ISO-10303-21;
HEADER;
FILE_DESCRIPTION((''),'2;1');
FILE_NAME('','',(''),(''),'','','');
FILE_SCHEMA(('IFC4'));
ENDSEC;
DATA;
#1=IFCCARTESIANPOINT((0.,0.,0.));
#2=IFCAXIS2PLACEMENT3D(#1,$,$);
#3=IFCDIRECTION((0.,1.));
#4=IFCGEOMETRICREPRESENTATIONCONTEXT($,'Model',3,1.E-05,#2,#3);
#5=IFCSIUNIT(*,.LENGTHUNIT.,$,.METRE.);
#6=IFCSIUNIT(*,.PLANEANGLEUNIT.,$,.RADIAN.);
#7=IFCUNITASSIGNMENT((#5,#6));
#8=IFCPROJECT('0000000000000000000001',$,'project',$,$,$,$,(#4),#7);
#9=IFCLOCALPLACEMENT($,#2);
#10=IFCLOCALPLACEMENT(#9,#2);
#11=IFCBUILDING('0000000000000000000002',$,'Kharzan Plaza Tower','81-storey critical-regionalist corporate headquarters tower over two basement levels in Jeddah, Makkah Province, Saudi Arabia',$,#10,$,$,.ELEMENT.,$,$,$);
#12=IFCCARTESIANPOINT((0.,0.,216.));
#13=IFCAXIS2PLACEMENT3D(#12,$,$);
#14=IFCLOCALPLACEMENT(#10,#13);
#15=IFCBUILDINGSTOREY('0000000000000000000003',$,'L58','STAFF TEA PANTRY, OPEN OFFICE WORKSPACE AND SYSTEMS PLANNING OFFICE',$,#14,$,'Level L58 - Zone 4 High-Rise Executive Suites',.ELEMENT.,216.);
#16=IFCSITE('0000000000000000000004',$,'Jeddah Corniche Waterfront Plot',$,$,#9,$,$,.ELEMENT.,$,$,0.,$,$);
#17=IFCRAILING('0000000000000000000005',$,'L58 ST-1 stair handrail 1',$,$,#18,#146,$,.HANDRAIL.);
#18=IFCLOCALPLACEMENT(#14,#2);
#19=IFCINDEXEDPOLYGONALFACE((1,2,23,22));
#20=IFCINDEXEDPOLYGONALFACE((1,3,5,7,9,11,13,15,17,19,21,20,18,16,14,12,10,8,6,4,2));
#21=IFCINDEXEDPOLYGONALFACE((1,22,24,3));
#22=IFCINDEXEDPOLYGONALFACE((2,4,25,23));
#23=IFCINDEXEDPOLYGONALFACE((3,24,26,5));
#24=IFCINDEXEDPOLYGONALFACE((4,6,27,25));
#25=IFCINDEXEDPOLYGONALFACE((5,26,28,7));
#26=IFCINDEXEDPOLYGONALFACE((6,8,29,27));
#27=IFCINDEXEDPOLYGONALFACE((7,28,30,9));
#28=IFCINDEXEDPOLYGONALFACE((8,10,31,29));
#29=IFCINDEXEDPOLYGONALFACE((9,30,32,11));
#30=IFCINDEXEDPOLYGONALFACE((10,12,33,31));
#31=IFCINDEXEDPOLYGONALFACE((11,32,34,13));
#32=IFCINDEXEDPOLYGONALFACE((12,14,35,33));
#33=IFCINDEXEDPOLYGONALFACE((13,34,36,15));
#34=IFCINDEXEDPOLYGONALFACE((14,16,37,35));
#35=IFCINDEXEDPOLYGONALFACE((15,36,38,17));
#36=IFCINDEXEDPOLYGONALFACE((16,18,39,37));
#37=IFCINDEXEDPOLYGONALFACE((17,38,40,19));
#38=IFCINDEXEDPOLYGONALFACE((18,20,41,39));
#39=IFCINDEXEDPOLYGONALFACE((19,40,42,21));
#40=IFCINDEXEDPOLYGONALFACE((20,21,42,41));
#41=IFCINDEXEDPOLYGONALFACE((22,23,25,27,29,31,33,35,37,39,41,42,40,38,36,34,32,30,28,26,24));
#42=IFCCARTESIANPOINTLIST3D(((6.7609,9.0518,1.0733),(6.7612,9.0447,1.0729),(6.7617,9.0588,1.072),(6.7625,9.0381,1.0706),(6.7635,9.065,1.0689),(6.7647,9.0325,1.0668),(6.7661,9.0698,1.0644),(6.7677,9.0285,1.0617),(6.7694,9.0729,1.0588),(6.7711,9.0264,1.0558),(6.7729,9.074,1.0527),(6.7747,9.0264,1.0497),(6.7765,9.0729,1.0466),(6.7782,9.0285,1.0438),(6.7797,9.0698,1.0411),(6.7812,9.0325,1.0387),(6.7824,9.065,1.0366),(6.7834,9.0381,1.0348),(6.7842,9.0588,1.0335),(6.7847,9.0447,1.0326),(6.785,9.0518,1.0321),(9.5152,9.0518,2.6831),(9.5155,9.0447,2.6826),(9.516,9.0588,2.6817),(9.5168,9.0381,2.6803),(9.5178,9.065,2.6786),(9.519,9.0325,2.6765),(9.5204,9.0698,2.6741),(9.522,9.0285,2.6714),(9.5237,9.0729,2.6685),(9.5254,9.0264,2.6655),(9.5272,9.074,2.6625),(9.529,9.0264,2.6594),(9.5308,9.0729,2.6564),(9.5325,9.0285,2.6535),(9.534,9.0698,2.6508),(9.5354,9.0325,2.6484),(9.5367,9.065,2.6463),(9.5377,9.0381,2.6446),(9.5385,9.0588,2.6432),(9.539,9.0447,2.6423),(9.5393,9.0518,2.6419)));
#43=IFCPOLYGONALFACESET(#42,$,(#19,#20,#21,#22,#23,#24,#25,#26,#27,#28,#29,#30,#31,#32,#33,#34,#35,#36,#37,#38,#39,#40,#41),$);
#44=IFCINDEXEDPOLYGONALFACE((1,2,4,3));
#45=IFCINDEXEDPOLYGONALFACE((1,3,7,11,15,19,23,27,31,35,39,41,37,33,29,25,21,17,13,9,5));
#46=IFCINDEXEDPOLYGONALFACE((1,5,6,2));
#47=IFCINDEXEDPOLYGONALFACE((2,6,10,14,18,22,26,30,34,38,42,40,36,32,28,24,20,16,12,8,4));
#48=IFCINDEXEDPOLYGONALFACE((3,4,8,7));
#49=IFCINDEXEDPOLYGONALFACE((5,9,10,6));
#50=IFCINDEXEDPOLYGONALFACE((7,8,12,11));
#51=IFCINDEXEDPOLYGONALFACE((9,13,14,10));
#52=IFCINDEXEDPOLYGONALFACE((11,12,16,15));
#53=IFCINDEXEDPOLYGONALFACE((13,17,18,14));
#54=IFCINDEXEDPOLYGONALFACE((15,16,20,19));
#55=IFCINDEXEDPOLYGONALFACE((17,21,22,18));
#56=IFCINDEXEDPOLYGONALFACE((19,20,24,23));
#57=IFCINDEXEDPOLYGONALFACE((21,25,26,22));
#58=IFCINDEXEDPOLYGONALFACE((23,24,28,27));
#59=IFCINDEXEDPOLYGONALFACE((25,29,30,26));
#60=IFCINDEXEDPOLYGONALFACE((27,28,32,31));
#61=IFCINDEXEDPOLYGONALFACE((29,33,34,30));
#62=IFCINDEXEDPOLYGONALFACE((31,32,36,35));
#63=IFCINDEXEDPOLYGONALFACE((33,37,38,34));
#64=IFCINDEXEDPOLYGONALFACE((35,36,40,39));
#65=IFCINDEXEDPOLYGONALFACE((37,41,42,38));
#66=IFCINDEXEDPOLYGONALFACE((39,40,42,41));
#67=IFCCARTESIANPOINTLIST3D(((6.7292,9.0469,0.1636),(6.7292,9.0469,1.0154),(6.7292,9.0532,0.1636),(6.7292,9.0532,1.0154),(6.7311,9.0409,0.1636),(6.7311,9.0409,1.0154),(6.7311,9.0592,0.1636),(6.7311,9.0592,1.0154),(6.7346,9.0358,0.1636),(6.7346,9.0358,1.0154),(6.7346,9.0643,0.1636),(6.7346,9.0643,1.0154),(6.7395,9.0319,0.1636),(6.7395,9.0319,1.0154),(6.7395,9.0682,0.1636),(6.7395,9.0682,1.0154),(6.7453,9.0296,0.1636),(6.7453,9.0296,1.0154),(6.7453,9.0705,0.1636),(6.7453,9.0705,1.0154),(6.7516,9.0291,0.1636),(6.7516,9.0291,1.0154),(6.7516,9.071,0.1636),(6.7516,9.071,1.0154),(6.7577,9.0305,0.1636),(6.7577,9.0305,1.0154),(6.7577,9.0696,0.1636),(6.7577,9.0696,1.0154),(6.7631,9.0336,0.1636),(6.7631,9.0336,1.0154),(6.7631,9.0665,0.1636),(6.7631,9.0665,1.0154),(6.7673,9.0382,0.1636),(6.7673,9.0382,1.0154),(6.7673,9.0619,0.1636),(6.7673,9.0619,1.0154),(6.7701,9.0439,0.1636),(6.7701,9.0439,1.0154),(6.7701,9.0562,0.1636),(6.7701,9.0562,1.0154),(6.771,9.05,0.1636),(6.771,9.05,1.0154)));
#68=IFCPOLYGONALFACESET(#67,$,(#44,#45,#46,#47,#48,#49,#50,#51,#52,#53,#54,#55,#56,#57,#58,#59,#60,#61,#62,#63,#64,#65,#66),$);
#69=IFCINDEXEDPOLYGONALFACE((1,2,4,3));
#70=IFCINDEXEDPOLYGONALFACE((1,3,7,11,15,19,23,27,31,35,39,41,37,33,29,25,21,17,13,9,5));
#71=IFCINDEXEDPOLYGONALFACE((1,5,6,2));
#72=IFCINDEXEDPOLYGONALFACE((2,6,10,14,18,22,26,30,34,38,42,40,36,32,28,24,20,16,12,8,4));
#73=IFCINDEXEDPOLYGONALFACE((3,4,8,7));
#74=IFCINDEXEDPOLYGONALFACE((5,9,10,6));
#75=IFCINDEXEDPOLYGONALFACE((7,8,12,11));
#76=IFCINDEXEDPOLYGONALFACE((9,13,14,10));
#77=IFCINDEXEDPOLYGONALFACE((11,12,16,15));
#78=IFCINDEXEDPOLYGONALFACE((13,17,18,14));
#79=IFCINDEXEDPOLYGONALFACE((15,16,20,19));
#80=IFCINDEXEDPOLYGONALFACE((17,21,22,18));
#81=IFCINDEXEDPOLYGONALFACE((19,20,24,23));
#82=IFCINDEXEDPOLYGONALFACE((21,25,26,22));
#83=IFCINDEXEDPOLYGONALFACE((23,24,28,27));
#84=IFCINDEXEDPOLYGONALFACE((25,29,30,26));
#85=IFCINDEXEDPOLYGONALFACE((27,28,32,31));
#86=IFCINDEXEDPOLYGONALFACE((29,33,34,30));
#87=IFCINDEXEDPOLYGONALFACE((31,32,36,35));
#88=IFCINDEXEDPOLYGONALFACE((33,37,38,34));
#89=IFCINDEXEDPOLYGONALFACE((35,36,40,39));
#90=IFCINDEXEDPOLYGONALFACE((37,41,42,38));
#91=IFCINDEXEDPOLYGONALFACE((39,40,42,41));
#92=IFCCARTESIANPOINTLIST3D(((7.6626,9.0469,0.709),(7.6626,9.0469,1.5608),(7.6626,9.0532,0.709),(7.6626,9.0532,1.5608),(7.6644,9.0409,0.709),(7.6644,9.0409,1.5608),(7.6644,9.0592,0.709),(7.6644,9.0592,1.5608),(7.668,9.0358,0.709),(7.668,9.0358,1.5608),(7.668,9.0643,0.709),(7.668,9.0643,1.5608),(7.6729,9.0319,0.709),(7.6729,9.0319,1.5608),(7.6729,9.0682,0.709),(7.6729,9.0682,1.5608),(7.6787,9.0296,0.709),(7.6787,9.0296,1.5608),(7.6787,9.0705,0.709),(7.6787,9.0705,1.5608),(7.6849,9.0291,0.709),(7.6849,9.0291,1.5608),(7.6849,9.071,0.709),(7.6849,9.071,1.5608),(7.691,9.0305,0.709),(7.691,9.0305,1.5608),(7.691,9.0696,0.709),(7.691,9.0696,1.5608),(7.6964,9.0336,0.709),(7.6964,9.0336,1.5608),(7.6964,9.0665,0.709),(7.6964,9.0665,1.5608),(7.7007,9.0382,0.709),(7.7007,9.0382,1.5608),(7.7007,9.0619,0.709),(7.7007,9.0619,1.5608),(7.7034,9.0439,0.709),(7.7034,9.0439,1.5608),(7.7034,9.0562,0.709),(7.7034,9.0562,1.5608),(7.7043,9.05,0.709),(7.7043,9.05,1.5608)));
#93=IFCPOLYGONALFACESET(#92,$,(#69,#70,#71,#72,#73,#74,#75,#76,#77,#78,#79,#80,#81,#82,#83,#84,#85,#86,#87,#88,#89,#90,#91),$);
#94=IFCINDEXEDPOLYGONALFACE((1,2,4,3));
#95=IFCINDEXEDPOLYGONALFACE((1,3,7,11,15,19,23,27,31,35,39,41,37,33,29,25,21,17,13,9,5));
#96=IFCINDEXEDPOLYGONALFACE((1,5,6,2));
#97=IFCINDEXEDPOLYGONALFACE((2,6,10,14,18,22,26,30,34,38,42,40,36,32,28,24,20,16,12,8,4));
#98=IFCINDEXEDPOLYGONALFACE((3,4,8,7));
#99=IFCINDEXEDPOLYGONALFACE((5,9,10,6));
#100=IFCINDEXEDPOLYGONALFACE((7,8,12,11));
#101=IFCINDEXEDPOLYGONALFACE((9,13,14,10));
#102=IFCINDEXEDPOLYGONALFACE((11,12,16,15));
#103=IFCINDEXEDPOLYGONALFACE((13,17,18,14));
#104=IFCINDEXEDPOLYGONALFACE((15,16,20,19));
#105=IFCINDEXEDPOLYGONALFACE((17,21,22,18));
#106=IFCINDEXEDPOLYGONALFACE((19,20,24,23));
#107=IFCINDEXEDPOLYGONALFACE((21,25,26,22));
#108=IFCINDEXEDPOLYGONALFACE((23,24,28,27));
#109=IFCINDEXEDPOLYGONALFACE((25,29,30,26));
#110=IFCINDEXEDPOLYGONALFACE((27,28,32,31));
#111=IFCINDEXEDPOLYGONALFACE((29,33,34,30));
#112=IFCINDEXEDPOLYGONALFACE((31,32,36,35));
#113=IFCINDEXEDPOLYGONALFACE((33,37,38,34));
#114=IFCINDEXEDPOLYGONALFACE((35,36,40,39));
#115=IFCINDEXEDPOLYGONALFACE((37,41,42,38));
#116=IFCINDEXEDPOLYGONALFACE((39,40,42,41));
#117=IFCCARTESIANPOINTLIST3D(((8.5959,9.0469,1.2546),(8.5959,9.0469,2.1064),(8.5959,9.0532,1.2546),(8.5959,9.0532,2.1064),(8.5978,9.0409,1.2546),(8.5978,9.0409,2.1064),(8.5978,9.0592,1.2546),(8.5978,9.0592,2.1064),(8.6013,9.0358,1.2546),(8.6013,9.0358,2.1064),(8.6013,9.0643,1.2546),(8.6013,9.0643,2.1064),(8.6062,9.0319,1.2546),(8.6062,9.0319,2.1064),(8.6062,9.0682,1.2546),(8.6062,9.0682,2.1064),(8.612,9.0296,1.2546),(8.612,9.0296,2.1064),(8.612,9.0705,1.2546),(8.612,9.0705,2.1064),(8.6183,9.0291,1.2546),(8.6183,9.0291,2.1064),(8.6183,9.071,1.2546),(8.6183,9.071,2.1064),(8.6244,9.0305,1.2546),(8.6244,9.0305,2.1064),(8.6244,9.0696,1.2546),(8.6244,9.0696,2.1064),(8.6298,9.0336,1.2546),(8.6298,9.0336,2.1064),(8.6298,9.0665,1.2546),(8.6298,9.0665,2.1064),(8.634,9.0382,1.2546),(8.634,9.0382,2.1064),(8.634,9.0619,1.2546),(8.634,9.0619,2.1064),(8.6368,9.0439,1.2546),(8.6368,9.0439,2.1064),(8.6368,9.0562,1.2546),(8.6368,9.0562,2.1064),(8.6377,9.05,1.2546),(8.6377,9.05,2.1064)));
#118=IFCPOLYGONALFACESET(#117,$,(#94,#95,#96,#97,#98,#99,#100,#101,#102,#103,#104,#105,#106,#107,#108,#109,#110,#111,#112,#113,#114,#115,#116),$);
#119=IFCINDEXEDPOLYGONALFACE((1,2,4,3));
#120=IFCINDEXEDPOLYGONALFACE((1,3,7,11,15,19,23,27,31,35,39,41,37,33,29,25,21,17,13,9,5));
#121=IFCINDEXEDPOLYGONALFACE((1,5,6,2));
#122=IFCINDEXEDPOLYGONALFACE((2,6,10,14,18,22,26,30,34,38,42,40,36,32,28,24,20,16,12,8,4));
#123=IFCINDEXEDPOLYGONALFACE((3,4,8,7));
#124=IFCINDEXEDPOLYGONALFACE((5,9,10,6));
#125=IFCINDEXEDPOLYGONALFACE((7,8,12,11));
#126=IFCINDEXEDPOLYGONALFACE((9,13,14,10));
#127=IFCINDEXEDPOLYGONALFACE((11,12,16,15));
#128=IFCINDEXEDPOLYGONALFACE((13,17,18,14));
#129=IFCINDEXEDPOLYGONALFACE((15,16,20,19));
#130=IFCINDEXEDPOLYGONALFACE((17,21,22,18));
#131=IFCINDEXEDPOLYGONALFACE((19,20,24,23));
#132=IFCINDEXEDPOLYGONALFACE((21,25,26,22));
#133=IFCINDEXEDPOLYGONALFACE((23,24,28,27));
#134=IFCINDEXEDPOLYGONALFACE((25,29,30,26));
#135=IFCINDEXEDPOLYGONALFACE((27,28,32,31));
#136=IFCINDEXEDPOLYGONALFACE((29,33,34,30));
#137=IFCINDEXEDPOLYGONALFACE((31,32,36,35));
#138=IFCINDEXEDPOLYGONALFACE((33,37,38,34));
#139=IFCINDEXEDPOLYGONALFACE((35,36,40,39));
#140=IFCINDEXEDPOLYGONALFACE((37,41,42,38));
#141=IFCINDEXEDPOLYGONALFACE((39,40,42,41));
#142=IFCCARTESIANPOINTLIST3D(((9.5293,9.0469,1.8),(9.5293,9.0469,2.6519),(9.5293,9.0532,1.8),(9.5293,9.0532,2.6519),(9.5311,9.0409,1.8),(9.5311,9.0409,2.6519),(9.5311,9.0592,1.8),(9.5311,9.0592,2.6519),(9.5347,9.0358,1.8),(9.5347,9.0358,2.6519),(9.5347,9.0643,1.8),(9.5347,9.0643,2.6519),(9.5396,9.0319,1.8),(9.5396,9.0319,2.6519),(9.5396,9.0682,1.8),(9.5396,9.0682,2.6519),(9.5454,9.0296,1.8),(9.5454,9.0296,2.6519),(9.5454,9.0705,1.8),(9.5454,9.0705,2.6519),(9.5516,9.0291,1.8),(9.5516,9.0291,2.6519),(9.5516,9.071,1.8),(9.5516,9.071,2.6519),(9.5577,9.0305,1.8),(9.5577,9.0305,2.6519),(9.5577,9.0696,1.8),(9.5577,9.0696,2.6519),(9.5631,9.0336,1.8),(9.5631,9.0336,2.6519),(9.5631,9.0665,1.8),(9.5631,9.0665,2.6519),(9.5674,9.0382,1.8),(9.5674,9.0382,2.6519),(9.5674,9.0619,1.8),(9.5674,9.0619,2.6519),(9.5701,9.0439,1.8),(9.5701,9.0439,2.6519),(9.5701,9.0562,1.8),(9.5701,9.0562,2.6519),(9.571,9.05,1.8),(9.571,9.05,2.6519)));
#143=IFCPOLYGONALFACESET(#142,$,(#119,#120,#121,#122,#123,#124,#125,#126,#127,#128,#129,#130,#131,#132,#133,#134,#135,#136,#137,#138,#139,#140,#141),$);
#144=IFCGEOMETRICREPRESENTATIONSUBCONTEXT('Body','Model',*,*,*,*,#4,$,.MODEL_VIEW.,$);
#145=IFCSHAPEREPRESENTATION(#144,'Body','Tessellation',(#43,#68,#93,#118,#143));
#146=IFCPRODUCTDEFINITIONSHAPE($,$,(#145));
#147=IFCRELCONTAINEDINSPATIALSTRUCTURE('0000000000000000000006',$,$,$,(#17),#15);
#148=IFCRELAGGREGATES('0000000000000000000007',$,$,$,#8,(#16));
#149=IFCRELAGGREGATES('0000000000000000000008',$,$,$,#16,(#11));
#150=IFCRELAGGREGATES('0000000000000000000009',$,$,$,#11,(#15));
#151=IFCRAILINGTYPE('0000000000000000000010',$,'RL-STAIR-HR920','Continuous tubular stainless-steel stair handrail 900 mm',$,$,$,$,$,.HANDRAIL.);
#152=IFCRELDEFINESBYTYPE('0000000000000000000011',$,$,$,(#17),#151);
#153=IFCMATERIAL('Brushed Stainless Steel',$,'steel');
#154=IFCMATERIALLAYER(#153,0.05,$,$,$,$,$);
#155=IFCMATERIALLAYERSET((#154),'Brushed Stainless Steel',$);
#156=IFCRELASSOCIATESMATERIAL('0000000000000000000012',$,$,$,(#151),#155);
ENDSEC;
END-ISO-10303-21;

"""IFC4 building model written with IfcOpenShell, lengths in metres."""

from ifc_helpers import new_model, si_unit, direction, frame, origin, origin_2d, place, context, subcontext, project, spatial, circle, extrude, source, transform, mapped, material, layer, layer_set, type_object, element, save


model = new_model("IFC4")

# Units and contexts
model_context = context("Model", 3, precision=1e-05, world=origin(), true_north=direction((0.0, 1.0)))
body_context = subcontext(model_context, "Body", "Model", "MODEL_VIEW")
ifc_project = project(units=[si_unit("LENGTHUNIT", "METRE"), si_unit("PLANEANGLEUNIT", "RADIAN")], contexts=[model_context])

# Site, building, storey
site_placement = place(None, origin())
site = spatial("IfcSite", under=ifc_project, at=site_placement, Name="Jeddah Corniche Waterfront Plot", CompositionType="ELEMENT", RefElevation=0.0)
building_placement = place(site_placement, origin())
building = spatial("IfcBuilding", under=site, at=building_placement, Name="Kharzan Plaza Tower", Description="81-storey critical-regionalist corporate headquarters tower over two basement levels in Jeddah, Makkah Province, Saudi Arabia", CompositionType="ELEMENT")
storey_placement = place(building_placement, frame((0.0, 0.0, 216.0)))
storey = spatial("IfcBuildingStorey", under=building, at=storey_placement, Name="L58", Description="STAFF TEA PANTRY, OPEN OFFICE WORKSPACE AND SYSTEMS PLANNING OFFICE", LongName="Level L58 - Zone 4 High-Rise Executive Suites", CompositionType="ELEMENT", Elevation=216.0)

# Railing
ifc_material_1 = material(Name="Brushed Stainless Steel", Category="steel")
ifc_layer_1 = layer(ifc_material_1, 0.05)
ifc_layer_set_1 = layer_set([ifc_layer_1], Name="Brushed Stainless Steel")
railing_type_1 = type_object("IfcRailingType", Name="RL-STAIR-HR920", Description="Continuous tubular stainless-steel stair handrail 900 mm", PredefinedType="HANDRAIL", material=ifc_layer_set_1)
shared_shape_1 = source(origin(), body_context, "Body", "SweptSolid", [
    extrude(circle(Radius=0.0239, at=origin_2d()), frame((0.0229, 0.0, 0.8892), z_axis=(0.863361, 0.0, 0.504587), x_axis=(0.0, 1.0, 0.0)), (0.0, 0.0, 1.0), 3.1902),
    extrude(circle(Radius=0.021, at=origin_2d()), origin(), (0.0, 0.0, 1.0), 0.8518),
    extrude(circle(Radius=0.021, at=origin_2d()), frame((0.9333, 0.0, 0.5454)), (0.0, 0.0, 1.0), 0.8518),
    extrude(circle(Radius=0.021, at=origin_2d()), frame((1.8667, 0.0, 1.0911)), (0.0, 0.0, 1.0), 0.8518),
    extrude(circle(Radius=0.021, at=origin_2d()), frame((2.8, 0.0, 1.6365)), (0.0, 0.0, 1.0), 0.8518),
])
railing_1_placement = place(storey_placement, frame((6.75, 9.05, 0.1636)))
element("IfcRailing", 1, at=railing_1_placement, inside=storey, type_object=railing_type_1, Name="L58 ST-1 stair handrail 1", PredefinedType="HANDRAIL", context=body_context, shape_type="MappedRepresentation", body=[
    mapped(shared_shape_1, transform((0.0, 0.0, 0.0), x_axis=(1.0, 0.0, 0.0), y_axis=(0.0, 1.0, 0.0), z_axis=(0.0, 0.0, 1.0))),
])

save(model, "model.ifc")
